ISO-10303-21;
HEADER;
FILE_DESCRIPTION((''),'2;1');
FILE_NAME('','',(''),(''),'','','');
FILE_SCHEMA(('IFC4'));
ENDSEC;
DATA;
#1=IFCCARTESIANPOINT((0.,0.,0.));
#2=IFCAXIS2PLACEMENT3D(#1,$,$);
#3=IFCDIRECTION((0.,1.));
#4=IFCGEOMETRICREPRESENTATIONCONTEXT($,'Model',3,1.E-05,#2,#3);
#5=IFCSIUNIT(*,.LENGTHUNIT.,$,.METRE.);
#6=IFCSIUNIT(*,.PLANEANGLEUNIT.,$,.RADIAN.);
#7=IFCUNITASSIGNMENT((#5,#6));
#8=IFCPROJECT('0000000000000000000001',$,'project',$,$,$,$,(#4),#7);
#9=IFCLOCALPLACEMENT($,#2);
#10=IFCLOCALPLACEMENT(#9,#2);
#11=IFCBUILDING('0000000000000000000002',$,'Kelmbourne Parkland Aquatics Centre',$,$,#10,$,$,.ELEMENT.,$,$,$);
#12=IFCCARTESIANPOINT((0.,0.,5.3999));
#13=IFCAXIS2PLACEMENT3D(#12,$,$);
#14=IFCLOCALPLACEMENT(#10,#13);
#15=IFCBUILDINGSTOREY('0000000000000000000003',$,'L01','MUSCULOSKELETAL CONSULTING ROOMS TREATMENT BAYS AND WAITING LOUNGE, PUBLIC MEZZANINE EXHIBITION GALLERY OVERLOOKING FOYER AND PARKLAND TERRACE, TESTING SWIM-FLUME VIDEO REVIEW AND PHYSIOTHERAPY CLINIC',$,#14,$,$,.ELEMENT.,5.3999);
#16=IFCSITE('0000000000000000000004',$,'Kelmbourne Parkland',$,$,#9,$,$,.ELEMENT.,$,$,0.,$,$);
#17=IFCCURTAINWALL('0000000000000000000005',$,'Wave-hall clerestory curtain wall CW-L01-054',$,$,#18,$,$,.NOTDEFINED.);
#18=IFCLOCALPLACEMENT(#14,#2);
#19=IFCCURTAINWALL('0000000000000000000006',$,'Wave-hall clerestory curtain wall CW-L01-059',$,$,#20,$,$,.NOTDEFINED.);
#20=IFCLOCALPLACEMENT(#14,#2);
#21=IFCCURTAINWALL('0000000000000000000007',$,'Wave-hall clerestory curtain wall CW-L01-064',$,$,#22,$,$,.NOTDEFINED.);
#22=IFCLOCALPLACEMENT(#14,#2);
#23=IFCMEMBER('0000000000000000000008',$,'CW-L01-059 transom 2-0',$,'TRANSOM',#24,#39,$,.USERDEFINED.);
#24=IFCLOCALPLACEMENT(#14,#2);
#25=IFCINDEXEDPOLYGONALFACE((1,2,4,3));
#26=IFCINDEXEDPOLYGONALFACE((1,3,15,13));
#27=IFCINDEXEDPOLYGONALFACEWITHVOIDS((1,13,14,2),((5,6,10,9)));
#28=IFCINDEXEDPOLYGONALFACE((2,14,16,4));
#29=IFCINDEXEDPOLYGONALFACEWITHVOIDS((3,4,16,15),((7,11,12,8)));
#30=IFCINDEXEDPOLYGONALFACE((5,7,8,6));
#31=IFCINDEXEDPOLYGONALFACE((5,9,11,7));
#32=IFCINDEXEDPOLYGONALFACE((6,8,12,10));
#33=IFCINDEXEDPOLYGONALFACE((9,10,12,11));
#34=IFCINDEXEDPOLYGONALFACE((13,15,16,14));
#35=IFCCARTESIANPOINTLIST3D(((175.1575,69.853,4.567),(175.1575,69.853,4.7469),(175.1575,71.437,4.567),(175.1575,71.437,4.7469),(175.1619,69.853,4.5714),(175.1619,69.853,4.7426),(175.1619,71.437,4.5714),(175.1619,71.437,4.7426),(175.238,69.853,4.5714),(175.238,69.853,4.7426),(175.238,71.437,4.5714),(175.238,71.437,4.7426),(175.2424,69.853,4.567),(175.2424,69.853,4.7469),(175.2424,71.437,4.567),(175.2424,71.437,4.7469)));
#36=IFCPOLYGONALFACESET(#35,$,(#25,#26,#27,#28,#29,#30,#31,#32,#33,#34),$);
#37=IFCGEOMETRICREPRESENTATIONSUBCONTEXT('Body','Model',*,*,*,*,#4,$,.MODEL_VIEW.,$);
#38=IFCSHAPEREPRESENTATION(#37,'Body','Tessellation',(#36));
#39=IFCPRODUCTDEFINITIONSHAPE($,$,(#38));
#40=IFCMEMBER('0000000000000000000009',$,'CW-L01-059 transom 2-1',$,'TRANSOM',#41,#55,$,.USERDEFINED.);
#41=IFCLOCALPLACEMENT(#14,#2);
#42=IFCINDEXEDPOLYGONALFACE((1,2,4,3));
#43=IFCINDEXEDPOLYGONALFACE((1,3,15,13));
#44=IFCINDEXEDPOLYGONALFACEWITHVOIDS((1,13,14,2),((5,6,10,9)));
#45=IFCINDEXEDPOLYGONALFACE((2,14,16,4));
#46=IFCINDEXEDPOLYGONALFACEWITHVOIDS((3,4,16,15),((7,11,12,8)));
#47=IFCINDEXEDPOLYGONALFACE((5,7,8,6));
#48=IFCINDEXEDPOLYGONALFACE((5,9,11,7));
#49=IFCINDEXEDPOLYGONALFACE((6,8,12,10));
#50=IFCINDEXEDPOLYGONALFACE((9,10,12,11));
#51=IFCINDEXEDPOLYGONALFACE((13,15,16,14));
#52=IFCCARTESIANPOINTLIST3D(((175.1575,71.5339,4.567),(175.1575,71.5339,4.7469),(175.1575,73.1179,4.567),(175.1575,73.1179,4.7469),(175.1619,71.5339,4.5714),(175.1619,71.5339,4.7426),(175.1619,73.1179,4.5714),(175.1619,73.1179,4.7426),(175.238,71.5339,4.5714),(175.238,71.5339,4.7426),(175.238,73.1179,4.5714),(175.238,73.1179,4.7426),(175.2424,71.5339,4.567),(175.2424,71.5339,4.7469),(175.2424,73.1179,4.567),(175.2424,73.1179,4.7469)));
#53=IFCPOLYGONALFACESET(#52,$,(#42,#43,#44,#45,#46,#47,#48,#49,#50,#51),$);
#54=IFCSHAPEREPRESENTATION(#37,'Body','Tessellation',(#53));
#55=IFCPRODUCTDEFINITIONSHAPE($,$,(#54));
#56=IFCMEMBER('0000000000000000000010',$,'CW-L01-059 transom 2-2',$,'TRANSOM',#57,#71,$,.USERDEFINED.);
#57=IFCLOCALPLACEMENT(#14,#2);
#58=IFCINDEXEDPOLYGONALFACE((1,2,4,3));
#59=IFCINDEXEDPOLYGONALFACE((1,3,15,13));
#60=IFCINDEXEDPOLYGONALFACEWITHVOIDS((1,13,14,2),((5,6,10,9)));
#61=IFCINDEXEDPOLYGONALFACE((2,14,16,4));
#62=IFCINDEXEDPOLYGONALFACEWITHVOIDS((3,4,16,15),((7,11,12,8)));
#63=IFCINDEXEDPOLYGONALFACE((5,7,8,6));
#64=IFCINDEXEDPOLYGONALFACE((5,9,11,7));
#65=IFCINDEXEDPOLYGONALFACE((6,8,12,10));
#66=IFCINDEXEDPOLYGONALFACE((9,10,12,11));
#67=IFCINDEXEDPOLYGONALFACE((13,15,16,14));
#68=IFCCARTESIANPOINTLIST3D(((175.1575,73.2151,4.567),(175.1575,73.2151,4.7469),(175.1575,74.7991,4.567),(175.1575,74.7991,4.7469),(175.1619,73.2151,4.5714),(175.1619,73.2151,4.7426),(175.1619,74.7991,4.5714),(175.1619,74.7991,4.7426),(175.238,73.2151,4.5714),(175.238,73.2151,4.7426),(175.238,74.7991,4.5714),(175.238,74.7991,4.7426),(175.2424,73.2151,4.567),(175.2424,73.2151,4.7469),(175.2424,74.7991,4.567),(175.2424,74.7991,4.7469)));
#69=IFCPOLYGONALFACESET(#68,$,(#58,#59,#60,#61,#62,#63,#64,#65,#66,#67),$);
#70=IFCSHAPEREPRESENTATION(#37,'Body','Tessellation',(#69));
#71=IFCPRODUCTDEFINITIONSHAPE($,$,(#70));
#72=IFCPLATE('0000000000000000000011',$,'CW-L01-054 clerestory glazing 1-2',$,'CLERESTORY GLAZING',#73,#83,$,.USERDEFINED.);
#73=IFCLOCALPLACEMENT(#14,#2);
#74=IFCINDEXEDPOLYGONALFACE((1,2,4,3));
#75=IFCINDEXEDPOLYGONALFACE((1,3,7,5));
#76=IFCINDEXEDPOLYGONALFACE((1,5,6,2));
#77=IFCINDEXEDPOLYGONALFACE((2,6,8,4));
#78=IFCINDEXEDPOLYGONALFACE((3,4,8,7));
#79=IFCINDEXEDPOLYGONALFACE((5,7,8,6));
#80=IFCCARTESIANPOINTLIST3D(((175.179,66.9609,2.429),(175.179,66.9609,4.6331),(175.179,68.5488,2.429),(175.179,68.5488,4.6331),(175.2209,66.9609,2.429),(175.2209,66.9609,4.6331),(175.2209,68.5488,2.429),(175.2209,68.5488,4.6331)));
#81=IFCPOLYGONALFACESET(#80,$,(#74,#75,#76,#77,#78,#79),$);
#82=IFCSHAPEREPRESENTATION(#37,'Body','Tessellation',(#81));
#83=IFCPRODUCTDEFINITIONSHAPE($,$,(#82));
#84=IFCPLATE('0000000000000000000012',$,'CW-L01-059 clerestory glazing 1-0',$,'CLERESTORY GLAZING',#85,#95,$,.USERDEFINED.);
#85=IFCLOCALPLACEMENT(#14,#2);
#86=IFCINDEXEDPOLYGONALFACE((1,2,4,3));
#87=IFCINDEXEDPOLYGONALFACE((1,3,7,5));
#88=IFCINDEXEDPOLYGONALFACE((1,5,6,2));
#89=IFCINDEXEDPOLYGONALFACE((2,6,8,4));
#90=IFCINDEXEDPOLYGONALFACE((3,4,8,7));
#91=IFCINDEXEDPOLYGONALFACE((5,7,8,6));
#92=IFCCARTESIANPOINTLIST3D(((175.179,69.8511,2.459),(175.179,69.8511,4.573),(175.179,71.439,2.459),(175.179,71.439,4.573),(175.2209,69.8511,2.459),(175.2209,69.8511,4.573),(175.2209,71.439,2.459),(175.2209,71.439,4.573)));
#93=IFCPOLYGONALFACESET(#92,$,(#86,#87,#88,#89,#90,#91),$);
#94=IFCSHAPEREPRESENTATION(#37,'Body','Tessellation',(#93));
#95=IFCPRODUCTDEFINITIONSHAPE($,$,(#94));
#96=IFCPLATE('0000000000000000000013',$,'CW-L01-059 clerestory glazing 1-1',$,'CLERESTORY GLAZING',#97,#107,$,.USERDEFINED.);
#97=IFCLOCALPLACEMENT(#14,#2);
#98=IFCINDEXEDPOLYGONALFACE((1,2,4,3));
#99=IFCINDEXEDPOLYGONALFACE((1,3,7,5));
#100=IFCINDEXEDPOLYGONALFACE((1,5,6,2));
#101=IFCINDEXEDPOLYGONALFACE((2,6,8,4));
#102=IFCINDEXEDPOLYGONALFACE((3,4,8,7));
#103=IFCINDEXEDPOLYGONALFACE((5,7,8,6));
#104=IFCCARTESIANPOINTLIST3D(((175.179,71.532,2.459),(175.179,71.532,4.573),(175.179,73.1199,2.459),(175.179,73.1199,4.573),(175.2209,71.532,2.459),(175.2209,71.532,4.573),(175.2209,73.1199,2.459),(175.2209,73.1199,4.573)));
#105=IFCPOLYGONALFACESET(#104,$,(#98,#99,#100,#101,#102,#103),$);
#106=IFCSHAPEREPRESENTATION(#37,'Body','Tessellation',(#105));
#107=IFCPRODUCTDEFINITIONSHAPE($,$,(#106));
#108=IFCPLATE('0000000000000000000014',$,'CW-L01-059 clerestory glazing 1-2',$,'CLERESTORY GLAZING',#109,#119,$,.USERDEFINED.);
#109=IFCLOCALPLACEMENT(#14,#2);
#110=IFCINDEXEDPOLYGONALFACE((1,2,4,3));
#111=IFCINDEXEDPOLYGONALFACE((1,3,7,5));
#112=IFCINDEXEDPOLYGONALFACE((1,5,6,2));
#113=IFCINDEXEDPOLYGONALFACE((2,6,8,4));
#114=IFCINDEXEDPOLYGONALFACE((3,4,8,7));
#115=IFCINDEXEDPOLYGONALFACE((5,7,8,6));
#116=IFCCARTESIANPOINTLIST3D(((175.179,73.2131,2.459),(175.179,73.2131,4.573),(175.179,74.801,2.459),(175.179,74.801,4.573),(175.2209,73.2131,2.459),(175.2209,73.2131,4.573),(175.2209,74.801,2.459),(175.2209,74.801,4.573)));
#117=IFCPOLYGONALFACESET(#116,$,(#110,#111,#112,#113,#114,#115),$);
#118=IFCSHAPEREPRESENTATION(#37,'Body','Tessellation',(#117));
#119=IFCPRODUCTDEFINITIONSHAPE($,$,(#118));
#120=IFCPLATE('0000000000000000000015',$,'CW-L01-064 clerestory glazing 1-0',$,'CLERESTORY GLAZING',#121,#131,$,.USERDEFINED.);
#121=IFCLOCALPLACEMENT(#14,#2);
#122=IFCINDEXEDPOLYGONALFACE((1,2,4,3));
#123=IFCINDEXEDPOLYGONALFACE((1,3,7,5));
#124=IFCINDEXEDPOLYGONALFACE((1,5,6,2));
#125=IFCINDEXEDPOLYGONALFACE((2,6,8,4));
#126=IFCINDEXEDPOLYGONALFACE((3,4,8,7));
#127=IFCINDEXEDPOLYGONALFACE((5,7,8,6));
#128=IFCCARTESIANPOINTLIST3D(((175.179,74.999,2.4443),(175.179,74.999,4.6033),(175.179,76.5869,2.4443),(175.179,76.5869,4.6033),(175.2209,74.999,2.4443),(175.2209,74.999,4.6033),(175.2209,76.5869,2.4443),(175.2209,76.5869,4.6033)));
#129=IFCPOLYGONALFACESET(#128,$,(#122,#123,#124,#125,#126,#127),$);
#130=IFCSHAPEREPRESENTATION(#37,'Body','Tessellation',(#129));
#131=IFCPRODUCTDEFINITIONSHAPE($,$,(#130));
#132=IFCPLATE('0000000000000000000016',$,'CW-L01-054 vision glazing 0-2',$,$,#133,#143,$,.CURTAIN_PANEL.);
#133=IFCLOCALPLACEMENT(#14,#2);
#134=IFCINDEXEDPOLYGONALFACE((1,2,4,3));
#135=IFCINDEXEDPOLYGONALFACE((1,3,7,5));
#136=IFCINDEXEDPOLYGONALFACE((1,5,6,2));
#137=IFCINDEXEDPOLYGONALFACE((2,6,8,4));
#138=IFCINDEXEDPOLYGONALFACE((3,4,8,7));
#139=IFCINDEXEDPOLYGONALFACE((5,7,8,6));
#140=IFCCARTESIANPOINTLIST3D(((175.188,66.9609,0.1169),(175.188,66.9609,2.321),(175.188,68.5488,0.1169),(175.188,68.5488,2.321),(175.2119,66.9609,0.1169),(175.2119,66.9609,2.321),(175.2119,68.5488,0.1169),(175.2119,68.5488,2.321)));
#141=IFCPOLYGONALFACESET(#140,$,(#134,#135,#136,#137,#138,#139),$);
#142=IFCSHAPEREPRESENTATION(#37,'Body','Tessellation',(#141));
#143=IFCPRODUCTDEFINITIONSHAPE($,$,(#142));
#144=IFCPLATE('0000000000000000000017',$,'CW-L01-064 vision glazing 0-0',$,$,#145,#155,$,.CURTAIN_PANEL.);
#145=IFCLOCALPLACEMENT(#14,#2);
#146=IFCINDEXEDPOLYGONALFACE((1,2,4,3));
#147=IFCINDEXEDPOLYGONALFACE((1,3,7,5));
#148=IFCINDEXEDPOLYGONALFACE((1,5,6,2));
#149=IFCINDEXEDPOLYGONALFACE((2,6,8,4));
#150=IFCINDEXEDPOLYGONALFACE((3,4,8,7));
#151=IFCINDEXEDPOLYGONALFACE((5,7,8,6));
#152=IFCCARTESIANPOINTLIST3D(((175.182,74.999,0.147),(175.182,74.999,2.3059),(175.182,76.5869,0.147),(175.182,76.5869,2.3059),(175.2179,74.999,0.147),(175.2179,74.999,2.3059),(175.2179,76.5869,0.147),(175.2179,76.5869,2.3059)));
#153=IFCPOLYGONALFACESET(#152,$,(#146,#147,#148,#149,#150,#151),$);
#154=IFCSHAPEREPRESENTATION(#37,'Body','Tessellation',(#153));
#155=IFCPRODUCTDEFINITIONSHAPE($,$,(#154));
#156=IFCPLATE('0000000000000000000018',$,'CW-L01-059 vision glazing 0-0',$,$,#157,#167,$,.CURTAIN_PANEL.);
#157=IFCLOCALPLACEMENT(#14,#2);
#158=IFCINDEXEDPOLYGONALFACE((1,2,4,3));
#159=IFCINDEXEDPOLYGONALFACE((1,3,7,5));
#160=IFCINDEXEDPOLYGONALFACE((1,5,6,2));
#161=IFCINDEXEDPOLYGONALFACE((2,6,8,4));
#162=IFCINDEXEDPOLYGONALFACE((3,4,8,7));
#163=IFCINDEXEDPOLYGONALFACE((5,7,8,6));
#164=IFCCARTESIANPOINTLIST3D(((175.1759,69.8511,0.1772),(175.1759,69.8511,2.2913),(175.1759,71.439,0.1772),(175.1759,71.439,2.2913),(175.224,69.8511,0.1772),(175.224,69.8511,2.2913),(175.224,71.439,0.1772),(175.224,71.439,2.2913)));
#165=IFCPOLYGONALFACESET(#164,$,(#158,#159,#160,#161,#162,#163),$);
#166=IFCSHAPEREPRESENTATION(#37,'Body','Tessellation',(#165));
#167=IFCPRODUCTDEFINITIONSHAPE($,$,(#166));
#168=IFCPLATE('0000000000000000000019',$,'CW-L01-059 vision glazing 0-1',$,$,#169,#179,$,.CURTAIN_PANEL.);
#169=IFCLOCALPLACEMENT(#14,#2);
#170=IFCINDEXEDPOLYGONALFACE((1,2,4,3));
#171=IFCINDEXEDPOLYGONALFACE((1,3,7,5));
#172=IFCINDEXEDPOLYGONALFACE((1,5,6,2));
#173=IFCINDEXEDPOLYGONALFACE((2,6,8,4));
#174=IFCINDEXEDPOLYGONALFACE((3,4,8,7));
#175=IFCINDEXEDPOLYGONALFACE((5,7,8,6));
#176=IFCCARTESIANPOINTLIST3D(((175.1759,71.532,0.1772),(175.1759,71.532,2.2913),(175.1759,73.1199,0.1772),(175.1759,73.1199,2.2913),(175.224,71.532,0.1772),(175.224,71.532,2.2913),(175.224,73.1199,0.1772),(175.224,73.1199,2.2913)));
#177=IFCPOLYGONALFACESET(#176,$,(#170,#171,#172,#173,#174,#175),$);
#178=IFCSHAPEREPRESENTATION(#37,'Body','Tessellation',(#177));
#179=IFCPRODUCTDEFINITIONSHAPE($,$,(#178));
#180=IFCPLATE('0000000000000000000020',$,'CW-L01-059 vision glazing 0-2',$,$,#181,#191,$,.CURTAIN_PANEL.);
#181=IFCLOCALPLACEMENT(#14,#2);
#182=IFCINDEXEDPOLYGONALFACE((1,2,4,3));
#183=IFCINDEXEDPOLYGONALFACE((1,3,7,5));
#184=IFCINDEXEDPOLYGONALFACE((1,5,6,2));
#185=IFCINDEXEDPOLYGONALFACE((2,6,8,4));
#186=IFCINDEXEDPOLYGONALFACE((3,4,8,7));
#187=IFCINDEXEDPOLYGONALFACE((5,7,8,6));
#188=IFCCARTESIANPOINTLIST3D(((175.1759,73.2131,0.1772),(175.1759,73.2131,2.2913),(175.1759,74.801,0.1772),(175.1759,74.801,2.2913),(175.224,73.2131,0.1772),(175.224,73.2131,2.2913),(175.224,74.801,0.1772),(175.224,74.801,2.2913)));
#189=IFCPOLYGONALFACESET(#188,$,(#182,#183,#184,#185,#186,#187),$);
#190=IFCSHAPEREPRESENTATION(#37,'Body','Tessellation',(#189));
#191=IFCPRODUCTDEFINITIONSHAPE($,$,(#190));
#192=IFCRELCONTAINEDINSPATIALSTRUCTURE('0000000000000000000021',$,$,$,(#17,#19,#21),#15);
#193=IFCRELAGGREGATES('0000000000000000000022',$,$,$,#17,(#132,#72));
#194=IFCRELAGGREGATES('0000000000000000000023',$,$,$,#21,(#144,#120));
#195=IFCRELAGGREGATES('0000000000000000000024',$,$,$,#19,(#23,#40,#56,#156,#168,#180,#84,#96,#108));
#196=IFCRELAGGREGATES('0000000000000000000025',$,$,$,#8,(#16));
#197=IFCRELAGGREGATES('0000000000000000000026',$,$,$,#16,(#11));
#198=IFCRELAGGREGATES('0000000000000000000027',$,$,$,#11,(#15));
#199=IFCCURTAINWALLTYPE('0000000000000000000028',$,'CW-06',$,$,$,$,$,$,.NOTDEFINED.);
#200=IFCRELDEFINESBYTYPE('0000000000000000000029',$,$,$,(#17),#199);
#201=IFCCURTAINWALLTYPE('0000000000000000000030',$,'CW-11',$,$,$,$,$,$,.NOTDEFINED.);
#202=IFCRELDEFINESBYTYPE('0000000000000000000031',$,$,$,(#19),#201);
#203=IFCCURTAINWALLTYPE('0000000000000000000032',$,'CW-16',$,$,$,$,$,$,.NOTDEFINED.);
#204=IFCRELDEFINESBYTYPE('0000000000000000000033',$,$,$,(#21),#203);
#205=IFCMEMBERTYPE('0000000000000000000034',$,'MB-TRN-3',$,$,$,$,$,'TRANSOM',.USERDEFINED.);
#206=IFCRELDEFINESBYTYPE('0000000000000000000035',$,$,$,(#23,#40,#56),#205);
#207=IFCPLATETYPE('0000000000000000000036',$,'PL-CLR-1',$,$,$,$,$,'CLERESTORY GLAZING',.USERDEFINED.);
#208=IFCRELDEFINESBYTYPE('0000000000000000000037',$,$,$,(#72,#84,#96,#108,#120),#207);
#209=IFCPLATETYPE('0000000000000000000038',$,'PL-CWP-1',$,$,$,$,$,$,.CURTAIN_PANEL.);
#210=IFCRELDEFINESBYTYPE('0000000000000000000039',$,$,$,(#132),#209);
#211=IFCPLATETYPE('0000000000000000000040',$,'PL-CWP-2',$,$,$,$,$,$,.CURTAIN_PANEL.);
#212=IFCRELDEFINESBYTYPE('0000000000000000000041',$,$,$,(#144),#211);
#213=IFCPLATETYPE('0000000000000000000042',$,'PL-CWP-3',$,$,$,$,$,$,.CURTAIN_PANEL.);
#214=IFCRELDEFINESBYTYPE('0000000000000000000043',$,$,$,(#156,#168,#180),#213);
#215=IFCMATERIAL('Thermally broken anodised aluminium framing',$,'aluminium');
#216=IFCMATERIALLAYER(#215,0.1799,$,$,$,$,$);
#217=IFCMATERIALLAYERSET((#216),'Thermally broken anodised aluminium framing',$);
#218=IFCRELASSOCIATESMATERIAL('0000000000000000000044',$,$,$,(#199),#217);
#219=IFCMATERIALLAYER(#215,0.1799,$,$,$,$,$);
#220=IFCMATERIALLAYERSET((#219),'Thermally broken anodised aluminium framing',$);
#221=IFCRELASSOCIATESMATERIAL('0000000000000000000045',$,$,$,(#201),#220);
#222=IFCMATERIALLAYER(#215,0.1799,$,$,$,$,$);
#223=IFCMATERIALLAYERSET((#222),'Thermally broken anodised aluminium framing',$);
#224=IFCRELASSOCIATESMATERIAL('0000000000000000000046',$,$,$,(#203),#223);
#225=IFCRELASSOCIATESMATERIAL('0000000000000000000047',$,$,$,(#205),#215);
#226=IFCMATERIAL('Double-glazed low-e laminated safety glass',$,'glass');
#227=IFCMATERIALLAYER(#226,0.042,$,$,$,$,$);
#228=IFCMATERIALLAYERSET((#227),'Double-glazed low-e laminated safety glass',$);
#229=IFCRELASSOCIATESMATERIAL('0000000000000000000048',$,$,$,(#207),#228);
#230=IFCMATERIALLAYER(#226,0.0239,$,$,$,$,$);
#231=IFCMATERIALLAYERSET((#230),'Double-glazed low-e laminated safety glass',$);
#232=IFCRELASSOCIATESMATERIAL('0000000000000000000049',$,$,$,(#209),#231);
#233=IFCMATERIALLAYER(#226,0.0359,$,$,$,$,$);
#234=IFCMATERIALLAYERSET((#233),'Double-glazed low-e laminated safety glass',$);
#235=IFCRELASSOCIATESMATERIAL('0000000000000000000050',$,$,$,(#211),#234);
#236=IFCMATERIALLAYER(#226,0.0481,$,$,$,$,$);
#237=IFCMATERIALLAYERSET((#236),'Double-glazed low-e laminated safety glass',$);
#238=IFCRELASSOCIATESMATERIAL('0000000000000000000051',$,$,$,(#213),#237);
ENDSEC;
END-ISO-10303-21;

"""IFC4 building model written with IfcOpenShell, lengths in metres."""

from ifc_helpers import new_model, si_unit, direction, frame, origin, origin_2d, place, context, subcontext, project, spatial, rectangle, hollow_rectangle, extrude, material, layer, layer_set, material_profile, profile_set, type_object, element, aggregate, save


model = new_model("IFC4")

# Units and contexts
model_context = context("Model", 3, precision=1e-05, world=origin(), true_north=direction((0.0, 1.0)))
body_context = subcontext(model_context, "Body", "Model", "MODEL_VIEW")
ifc_project = project(units=[si_unit("LENGTHUNIT", "METRE"), si_unit("PLANEANGLEUNIT", "RADIAN")], contexts=[model_context])

# Site, building, storey
site_placement = place(None, origin())
site = spatial("IfcSite", under=ifc_project, at=site_placement, Name="Kelmbourne Parkland", CompositionType="ELEMENT", RefElevation=0.0)
building_placement = place(site_placement, origin())
building = spatial("IfcBuilding", under=site, at=building_placement, Name="Kelmbourne Parkland Aquatics Centre", CompositionType="ELEMENT")
storey_placement = place(building_placement, frame((0.0, 0.0, 5.3999)))
storey = spatial("IfcBuildingStorey", under=building, at=storey_placement, Name="L01", Description="MUSCULOSKELETAL CONSULTING ROOMS TREATMENT BAYS AND WAITING LOUNGE, PUBLIC MEZZANINE EXHIBITION GALLERY OVERLOOKING FOYER AND PARKLAND TERRACE, TESTING SWIM-FLUME VIDEO REVIEW AND PHYSIOTHERAPY CLINIC", CompositionType="ELEMENT", Elevation=5.3999)

# Curtain wall
ifc_material_1 = material(Name="Thermally broken anodised aluminium framing", Category="aluminium")
ifc_layer_1 = layer(ifc_material_1, 0.1799)
ifc_layer_set_1 = layer_set([ifc_layer_1], Name="Thermally broken anodised aluminium framing")
curtain_wall_type_1 = type_object("IfcCurtainWallType", Name="CW-06", PredefinedType="NOTDEFINED", material=ifc_layer_set_1)
curtain_wall_1_placement = place(storey_placement, origin())
curtain_wall_1 = element("IfcCurtainWall", 1, at=curtain_wall_1_placement, inside=storey, type_object=curtain_wall_type_1, Name="Wave-hall clerestory curtain wall CW-L01-054", PredefinedType="NOTDEFINED")

# Curtain walls
ifc_layer_2 = layer(ifc_material_1, 0.1799)
ifc_layer_set_2 = layer_set([ifc_layer_2], Name="Thermally broken anodised aluminium framing")
curtain_wall_type_2 = type_object("IfcCurtainWallType", Name="CW-11", PredefinedType="NOTDEFINED", material=ifc_layer_set_2)
curtain_wall_2_placement = place(storey_placement, origin())
curtain_wall_2 = element("IfcCurtainWall", 2, at=curtain_wall_2_placement, inside=storey, type_object=curtain_wall_type_2, Name="Wave-hall clerestory curtain wall CW-L01-059", PredefinedType="NOTDEFINED")
ifc_layer_3 = layer(ifc_material_1, 0.1799)
ifc_layer_set_3 = layer_set([ifc_layer_3], Name="Thermally broken anodised aluminium framing")
curtain_wall_type_3 = type_object("IfcCurtainWallType", Name="CW-16", PredefinedType="NOTDEFINED", material=ifc_layer_set_3)
curtain_wall_3_placement = place(storey_placement, origin())
curtain_wall_3 = element("IfcCurtainWall", 3, at=curtain_wall_3_placement, inside=storey, type_object=curtain_wall_type_3, Name="Wave-hall clerestory curtain wall CW-L01-064", PredefinedType="NOTDEFINED")

# Members
ifc_material_profile_1 = material_profile(ifc_material_1, hollow_rectangle(XDim=0.085, YDim=0.1799, WallThickness=0.0044, at=origin_2d()), Name="CW-T 85x180")
ifc_profile_set_1 = profile_set([ifc_material_profile_1], Name="Thermally broken anodised aluminium framing")
member_type_1 = type_object("IfcMemberType", Name="MB-TRN-3", ElementType="TRANSOM", PredefinedType="USERDEFINED", material=ifc_profile_set_1)
member_1_placement = place(storey_placement, frame((175.2, 69.853, 4.657), z_axis=(0.0, 1.0, 0.0), x_axis=(-1.0, 0.0, 0.0)))
member_1 = element("IfcMember", 4, at=member_1_placement, type_object=member_type_1, Name="CW-L01-059 transom 2-0", ObjectType="TRANSOM", PredefinedType="USERDEFINED", context=body_context, shape_type="SweptSolid", body=[
    extrude(hollow_rectangle(XDim=0.085, YDim=0.1799, WallThickness=0.0044, at=origin_2d()), origin(), (0.0, 0.0, 1.0), 1.584),
])
member_2_placement = place(storey_placement, frame((175.2, 71.5339, 4.657), z_axis=(0.0, 1.0, 0.0), x_axis=(-1.0, 0.0, 0.0)))
member_2 = element("IfcMember", 5, at=member_2_placement, type_object=member_type_1, Name="CW-L01-059 transom 2-1", ObjectType="TRANSOM", PredefinedType="USERDEFINED", context=body_context, shape_type="SweptSolid", body=[
    extrude(hollow_rectangle(XDim=0.085, YDim=0.1799, WallThickness=0.0044, at=origin_2d()), origin(), (0.0, 0.0, 1.0), 1.584),
])
member_3_placement = place(storey_placement, frame((175.2, 73.2151, 4.657), z_axis=(0.0, 1.0, 0.0), x_axis=(-1.0, 0.0, 0.0)))
member_3 = element("IfcMember", 6, at=member_3_placement, type_object=member_type_1, Name="CW-L01-059 transom 2-2", ObjectType="TRANSOM", PredefinedType="USERDEFINED", context=body_context, shape_type="SweptSolid", body=[
    extrude(hollow_rectangle(XDim=0.085, YDim=0.1799, WallThickness=0.0044, at=origin_2d()), origin(), (0.0, 0.0, 1.0), 1.584),
])

# Plates
ifc_material_2 = material(Name="Double-glazed low-e laminated safety glass", Category="glass")
ifc_layer_4 = layer(ifc_material_2, 0.042)
ifc_layer_set_4 = layer_set([ifc_layer_4], Name="Double-glazed low-e laminated safety glass")
plate_type_1 = type_object("IfcPlateType", Name="PL-CLR-1", ElementType="CLERESTORY GLAZING", PredefinedType="USERDEFINED", material=ifc_layer_set_4)
plate_1_placement = place(storey_placement, frame((175.2, 67.7549, 2.429), z_axis=(0.0, 0.0, 1.0), x_axis=(0.0, 1.0, 0.0)))
plate_1 = element("IfcPlate", 7, at=plate_1_placement, type_object=plate_type_1, Name="CW-L01-054 clerestory glazing 1-2", ObjectType="CLERESTORY GLAZING", PredefinedType="USERDEFINED", context=body_context, shape_type="SweptSolid", body=[
    extrude(rectangle(XDim=1.5879, YDim=0.042, at=origin_2d()), origin(), (0.0, 0.0, 1.0), 2.2041),
])
plate_2_placement = place(storey_placement, frame((175.2, 70.645, 2.459), z_axis=(0.0, 0.0, 1.0), x_axis=(0.0, 1.0, 0.0)))
plate_2 = element("IfcPlate", 8, at=plate_2_placement, type_object=plate_type_1, Name="CW-L01-059 clerestory glazing 1-0", ObjectType="CLERESTORY GLAZING", PredefinedType="USERDEFINED", context=body_context, shape_type="SweptSolid", body=[
    extrude(rectangle(XDim=1.5879, YDim=0.042, at=origin_2d()), origin(), (0.0, 0.0, 1.0), 2.114),
])
plate_3_placement = place(storey_placement, frame((175.2, 72.3259, 2.459), z_axis=(0.0, 0.0, 1.0), x_axis=(0.0, 1.0, 0.0)))
plate_3 = element("IfcPlate", 9, at=plate_3_placement, type_object=plate_type_1, Name="CW-L01-059 clerestory glazing 1-1", ObjectType="CLERESTORY GLAZING", PredefinedType="USERDEFINED", context=body_context, shape_type="SweptSolid", body=[
    extrude(rectangle(XDim=1.5879, YDim=0.042, at=origin_2d()), origin(), (0.0, 0.0, 1.0), 2.114),
])
plate_4_placement = place(storey_placement, frame((175.2, 74.0071, 2.459), z_axis=(0.0, 0.0, 1.0), x_axis=(0.0, 1.0, 0.0)))
plate_4 = element("IfcPlate", 10, at=plate_4_placement, type_object=plate_type_1, Name="CW-L01-059 clerestory glazing 1-2", ObjectType="CLERESTORY GLAZING", PredefinedType="USERDEFINED", context=body_context, shape_type="SweptSolid", body=[
    extrude(rectangle(XDim=1.5879, YDim=0.042, at=origin_2d()), origin(), (0.0, 0.0, 1.0), 2.114),
])
plate_5_placement = place(storey_placement, frame((175.2, 75.793, 2.4443), z_axis=(0.0, 0.0, 1.0), x_axis=(0.0, 1.0, 0.0)))
plate_5 = element("IfcPlate", 11, at=plate_5_placement, type_object=plate_type_1, Name="CW-L01-064 clerestory glazing 1-0", ObjectType="CLERESTORY GLAZING", PredefinedType="USERDEFINED", context=body_context, shape_type="SweptSolid", body=[
    extrude(rectangle(XDim=1.5879, YDim=0.042, at=origin_2d()), origin(), (0.0, 0.0, 1.0), 2.1589),
])
ifc_layer_5 = layer(ifc_material_2, 0.0239)
ifc_layer_set_5 = layer_set([ifc_layer_5], Name="Double-glazed low-e laminated safety glass")
plate_type_2 = type_object("IfcPlateType", Name="PL-CWP-1", PredefinedType="CURTAIN_PANEL", material=ifc_layer_set_5)
plate_6_placement = place(storey_placement, frame((175.2, 67.7549, 0.1169), z_axis=(0.0, 0.0, 1.0), x_axis=(0.0, 1.0, 0.0)))
plate_6 = element("IfcPlate", 12, at=plate_6_placement, type_object=plate_type_2, Name="CW-L01-054 vision glazing 0-2", PredefinedType="CURTAIN_PANEL", context=body_context, shape_type="SweptSolid", body=[
    extrude(rectangle(XDim=1.5879, YDim=0.0239, at=origin_2d()), origin(), (0.0, 0.0, 1.0), 2.2041),
])
aggregate(curtain_wall_1, [plate_6, plate_1])
ifc_layer_6 = layer(ifc_material_2, 0.0359)
ifc_layer_set_6 = layer_set([ifc_layer_6], Name="Double-glazed low-e laminated safety glass")
plate_type_3 = type_object("IfcPlateType", Name="PL-CWP-2", PredefinedType="CURTAIN_PANEL", material=ifc_layer_set_6)
plate_7_placement = place(storey_placement, frame((175.2, 75.793, 0.147), z_axis=(0.0, 0.0, 1.0), x_axis=(0.0, 1.0, 0.0)))
plate_7 = element("IfcPlate", 13, at=plate_7_placement, type_object=plate_type_3, Name="CW-L01-064 vision glazing 0-0", PredefinedType="CURTAIN_PANEL", context=body_context, shape_type="SweptSolid", body=[
    extrude(rectangle(XDim=1.5879, YDim=0.0359, at=origin_2d()), origin(), (0.0, 0.0, 1.0), 2.1589),
])
aggregate(curtain_wall_3, [plate_7, plate_5])
ifc_layer_7 = layer(ifc_material_2, 0.0481)
ifc_layer_set_7 = layer_set([ifc_layer_7], Name="Double-glazed low-e laminated safety glass")
plate_type_4 = type_object("IfcPlateType", Name="PL-CWP-3", PredefinedType="CURTAIN_PANEL", material=ifc_layer_set_7)
plate_8_placement = place(storey_placement, frame((175.2, 70.645, 0.1772), z_axis=(0.0, 0.0, 1.0), x_axis=(0.0, 1.0, 0.0)))
plate_8 = element("IfcPlate", 14, at=plate_8_placement, type_object=plate_type_4, Name="CW-L01-059 vision glazing 0-0", PredefinedType="CURTAIN_PANEL", context=body_context, shape_type="SweptSolid", body=[
    extrude(rectangle(XDim=1.5879, YDim=0.0481, at=origin_2d()), origin(), (0.0, 0.0, 1.0), 2.114),
])
plate_9_placement = place(storey_placement, frame((175.2, 72.3259, 0.1772), z_axis=(0.0, 0.0, 1.0), x_axis=(0.0, 1.0, 0.0)))
plate_9 = element("IfcPlate", 15, at=plate_9_placement, type_object=plate_type_4, Name="CW-L01-059 vision glazing 0-1", PredefinedType="CURTAIN_PANEL", context=body_context, shape_type="SweptSolid", body=[
    extrude(rectangle(XDim=1.5879, YDim=0.0481, at=origin_2d()), origin(), (0.0, 0.0, 1.0), 2.114),
])
plate_10_placement = place(storey_placement, frame((175.2, 74.0071, 0.1772), z_axis=(0.0, 0.0, 1.0), x_axis=(0.0, 1.0, 0.0)))
plate_10 = element("IfcPlate", 16, at=plate_10_placement, type_object=plate_type_4, Name="CW-L01-059 vision glazing 0-2", PredefinedType="CURTAIN_PANEL", context=body_context, shape_type="SweptSolid", body=[
    extrude(rectangle(XDim=1.5879, YDim=0.0481, at=origin_2d()), origin(), (0.0, 0.0, 1.0), 2.114),
])
aggregate(curtain_wall_2, [member_1, member_2, member_3, plate_8, plate_9, plate_10, plate_2, plate_3, plate_4])

save(model, "model.ifc")
